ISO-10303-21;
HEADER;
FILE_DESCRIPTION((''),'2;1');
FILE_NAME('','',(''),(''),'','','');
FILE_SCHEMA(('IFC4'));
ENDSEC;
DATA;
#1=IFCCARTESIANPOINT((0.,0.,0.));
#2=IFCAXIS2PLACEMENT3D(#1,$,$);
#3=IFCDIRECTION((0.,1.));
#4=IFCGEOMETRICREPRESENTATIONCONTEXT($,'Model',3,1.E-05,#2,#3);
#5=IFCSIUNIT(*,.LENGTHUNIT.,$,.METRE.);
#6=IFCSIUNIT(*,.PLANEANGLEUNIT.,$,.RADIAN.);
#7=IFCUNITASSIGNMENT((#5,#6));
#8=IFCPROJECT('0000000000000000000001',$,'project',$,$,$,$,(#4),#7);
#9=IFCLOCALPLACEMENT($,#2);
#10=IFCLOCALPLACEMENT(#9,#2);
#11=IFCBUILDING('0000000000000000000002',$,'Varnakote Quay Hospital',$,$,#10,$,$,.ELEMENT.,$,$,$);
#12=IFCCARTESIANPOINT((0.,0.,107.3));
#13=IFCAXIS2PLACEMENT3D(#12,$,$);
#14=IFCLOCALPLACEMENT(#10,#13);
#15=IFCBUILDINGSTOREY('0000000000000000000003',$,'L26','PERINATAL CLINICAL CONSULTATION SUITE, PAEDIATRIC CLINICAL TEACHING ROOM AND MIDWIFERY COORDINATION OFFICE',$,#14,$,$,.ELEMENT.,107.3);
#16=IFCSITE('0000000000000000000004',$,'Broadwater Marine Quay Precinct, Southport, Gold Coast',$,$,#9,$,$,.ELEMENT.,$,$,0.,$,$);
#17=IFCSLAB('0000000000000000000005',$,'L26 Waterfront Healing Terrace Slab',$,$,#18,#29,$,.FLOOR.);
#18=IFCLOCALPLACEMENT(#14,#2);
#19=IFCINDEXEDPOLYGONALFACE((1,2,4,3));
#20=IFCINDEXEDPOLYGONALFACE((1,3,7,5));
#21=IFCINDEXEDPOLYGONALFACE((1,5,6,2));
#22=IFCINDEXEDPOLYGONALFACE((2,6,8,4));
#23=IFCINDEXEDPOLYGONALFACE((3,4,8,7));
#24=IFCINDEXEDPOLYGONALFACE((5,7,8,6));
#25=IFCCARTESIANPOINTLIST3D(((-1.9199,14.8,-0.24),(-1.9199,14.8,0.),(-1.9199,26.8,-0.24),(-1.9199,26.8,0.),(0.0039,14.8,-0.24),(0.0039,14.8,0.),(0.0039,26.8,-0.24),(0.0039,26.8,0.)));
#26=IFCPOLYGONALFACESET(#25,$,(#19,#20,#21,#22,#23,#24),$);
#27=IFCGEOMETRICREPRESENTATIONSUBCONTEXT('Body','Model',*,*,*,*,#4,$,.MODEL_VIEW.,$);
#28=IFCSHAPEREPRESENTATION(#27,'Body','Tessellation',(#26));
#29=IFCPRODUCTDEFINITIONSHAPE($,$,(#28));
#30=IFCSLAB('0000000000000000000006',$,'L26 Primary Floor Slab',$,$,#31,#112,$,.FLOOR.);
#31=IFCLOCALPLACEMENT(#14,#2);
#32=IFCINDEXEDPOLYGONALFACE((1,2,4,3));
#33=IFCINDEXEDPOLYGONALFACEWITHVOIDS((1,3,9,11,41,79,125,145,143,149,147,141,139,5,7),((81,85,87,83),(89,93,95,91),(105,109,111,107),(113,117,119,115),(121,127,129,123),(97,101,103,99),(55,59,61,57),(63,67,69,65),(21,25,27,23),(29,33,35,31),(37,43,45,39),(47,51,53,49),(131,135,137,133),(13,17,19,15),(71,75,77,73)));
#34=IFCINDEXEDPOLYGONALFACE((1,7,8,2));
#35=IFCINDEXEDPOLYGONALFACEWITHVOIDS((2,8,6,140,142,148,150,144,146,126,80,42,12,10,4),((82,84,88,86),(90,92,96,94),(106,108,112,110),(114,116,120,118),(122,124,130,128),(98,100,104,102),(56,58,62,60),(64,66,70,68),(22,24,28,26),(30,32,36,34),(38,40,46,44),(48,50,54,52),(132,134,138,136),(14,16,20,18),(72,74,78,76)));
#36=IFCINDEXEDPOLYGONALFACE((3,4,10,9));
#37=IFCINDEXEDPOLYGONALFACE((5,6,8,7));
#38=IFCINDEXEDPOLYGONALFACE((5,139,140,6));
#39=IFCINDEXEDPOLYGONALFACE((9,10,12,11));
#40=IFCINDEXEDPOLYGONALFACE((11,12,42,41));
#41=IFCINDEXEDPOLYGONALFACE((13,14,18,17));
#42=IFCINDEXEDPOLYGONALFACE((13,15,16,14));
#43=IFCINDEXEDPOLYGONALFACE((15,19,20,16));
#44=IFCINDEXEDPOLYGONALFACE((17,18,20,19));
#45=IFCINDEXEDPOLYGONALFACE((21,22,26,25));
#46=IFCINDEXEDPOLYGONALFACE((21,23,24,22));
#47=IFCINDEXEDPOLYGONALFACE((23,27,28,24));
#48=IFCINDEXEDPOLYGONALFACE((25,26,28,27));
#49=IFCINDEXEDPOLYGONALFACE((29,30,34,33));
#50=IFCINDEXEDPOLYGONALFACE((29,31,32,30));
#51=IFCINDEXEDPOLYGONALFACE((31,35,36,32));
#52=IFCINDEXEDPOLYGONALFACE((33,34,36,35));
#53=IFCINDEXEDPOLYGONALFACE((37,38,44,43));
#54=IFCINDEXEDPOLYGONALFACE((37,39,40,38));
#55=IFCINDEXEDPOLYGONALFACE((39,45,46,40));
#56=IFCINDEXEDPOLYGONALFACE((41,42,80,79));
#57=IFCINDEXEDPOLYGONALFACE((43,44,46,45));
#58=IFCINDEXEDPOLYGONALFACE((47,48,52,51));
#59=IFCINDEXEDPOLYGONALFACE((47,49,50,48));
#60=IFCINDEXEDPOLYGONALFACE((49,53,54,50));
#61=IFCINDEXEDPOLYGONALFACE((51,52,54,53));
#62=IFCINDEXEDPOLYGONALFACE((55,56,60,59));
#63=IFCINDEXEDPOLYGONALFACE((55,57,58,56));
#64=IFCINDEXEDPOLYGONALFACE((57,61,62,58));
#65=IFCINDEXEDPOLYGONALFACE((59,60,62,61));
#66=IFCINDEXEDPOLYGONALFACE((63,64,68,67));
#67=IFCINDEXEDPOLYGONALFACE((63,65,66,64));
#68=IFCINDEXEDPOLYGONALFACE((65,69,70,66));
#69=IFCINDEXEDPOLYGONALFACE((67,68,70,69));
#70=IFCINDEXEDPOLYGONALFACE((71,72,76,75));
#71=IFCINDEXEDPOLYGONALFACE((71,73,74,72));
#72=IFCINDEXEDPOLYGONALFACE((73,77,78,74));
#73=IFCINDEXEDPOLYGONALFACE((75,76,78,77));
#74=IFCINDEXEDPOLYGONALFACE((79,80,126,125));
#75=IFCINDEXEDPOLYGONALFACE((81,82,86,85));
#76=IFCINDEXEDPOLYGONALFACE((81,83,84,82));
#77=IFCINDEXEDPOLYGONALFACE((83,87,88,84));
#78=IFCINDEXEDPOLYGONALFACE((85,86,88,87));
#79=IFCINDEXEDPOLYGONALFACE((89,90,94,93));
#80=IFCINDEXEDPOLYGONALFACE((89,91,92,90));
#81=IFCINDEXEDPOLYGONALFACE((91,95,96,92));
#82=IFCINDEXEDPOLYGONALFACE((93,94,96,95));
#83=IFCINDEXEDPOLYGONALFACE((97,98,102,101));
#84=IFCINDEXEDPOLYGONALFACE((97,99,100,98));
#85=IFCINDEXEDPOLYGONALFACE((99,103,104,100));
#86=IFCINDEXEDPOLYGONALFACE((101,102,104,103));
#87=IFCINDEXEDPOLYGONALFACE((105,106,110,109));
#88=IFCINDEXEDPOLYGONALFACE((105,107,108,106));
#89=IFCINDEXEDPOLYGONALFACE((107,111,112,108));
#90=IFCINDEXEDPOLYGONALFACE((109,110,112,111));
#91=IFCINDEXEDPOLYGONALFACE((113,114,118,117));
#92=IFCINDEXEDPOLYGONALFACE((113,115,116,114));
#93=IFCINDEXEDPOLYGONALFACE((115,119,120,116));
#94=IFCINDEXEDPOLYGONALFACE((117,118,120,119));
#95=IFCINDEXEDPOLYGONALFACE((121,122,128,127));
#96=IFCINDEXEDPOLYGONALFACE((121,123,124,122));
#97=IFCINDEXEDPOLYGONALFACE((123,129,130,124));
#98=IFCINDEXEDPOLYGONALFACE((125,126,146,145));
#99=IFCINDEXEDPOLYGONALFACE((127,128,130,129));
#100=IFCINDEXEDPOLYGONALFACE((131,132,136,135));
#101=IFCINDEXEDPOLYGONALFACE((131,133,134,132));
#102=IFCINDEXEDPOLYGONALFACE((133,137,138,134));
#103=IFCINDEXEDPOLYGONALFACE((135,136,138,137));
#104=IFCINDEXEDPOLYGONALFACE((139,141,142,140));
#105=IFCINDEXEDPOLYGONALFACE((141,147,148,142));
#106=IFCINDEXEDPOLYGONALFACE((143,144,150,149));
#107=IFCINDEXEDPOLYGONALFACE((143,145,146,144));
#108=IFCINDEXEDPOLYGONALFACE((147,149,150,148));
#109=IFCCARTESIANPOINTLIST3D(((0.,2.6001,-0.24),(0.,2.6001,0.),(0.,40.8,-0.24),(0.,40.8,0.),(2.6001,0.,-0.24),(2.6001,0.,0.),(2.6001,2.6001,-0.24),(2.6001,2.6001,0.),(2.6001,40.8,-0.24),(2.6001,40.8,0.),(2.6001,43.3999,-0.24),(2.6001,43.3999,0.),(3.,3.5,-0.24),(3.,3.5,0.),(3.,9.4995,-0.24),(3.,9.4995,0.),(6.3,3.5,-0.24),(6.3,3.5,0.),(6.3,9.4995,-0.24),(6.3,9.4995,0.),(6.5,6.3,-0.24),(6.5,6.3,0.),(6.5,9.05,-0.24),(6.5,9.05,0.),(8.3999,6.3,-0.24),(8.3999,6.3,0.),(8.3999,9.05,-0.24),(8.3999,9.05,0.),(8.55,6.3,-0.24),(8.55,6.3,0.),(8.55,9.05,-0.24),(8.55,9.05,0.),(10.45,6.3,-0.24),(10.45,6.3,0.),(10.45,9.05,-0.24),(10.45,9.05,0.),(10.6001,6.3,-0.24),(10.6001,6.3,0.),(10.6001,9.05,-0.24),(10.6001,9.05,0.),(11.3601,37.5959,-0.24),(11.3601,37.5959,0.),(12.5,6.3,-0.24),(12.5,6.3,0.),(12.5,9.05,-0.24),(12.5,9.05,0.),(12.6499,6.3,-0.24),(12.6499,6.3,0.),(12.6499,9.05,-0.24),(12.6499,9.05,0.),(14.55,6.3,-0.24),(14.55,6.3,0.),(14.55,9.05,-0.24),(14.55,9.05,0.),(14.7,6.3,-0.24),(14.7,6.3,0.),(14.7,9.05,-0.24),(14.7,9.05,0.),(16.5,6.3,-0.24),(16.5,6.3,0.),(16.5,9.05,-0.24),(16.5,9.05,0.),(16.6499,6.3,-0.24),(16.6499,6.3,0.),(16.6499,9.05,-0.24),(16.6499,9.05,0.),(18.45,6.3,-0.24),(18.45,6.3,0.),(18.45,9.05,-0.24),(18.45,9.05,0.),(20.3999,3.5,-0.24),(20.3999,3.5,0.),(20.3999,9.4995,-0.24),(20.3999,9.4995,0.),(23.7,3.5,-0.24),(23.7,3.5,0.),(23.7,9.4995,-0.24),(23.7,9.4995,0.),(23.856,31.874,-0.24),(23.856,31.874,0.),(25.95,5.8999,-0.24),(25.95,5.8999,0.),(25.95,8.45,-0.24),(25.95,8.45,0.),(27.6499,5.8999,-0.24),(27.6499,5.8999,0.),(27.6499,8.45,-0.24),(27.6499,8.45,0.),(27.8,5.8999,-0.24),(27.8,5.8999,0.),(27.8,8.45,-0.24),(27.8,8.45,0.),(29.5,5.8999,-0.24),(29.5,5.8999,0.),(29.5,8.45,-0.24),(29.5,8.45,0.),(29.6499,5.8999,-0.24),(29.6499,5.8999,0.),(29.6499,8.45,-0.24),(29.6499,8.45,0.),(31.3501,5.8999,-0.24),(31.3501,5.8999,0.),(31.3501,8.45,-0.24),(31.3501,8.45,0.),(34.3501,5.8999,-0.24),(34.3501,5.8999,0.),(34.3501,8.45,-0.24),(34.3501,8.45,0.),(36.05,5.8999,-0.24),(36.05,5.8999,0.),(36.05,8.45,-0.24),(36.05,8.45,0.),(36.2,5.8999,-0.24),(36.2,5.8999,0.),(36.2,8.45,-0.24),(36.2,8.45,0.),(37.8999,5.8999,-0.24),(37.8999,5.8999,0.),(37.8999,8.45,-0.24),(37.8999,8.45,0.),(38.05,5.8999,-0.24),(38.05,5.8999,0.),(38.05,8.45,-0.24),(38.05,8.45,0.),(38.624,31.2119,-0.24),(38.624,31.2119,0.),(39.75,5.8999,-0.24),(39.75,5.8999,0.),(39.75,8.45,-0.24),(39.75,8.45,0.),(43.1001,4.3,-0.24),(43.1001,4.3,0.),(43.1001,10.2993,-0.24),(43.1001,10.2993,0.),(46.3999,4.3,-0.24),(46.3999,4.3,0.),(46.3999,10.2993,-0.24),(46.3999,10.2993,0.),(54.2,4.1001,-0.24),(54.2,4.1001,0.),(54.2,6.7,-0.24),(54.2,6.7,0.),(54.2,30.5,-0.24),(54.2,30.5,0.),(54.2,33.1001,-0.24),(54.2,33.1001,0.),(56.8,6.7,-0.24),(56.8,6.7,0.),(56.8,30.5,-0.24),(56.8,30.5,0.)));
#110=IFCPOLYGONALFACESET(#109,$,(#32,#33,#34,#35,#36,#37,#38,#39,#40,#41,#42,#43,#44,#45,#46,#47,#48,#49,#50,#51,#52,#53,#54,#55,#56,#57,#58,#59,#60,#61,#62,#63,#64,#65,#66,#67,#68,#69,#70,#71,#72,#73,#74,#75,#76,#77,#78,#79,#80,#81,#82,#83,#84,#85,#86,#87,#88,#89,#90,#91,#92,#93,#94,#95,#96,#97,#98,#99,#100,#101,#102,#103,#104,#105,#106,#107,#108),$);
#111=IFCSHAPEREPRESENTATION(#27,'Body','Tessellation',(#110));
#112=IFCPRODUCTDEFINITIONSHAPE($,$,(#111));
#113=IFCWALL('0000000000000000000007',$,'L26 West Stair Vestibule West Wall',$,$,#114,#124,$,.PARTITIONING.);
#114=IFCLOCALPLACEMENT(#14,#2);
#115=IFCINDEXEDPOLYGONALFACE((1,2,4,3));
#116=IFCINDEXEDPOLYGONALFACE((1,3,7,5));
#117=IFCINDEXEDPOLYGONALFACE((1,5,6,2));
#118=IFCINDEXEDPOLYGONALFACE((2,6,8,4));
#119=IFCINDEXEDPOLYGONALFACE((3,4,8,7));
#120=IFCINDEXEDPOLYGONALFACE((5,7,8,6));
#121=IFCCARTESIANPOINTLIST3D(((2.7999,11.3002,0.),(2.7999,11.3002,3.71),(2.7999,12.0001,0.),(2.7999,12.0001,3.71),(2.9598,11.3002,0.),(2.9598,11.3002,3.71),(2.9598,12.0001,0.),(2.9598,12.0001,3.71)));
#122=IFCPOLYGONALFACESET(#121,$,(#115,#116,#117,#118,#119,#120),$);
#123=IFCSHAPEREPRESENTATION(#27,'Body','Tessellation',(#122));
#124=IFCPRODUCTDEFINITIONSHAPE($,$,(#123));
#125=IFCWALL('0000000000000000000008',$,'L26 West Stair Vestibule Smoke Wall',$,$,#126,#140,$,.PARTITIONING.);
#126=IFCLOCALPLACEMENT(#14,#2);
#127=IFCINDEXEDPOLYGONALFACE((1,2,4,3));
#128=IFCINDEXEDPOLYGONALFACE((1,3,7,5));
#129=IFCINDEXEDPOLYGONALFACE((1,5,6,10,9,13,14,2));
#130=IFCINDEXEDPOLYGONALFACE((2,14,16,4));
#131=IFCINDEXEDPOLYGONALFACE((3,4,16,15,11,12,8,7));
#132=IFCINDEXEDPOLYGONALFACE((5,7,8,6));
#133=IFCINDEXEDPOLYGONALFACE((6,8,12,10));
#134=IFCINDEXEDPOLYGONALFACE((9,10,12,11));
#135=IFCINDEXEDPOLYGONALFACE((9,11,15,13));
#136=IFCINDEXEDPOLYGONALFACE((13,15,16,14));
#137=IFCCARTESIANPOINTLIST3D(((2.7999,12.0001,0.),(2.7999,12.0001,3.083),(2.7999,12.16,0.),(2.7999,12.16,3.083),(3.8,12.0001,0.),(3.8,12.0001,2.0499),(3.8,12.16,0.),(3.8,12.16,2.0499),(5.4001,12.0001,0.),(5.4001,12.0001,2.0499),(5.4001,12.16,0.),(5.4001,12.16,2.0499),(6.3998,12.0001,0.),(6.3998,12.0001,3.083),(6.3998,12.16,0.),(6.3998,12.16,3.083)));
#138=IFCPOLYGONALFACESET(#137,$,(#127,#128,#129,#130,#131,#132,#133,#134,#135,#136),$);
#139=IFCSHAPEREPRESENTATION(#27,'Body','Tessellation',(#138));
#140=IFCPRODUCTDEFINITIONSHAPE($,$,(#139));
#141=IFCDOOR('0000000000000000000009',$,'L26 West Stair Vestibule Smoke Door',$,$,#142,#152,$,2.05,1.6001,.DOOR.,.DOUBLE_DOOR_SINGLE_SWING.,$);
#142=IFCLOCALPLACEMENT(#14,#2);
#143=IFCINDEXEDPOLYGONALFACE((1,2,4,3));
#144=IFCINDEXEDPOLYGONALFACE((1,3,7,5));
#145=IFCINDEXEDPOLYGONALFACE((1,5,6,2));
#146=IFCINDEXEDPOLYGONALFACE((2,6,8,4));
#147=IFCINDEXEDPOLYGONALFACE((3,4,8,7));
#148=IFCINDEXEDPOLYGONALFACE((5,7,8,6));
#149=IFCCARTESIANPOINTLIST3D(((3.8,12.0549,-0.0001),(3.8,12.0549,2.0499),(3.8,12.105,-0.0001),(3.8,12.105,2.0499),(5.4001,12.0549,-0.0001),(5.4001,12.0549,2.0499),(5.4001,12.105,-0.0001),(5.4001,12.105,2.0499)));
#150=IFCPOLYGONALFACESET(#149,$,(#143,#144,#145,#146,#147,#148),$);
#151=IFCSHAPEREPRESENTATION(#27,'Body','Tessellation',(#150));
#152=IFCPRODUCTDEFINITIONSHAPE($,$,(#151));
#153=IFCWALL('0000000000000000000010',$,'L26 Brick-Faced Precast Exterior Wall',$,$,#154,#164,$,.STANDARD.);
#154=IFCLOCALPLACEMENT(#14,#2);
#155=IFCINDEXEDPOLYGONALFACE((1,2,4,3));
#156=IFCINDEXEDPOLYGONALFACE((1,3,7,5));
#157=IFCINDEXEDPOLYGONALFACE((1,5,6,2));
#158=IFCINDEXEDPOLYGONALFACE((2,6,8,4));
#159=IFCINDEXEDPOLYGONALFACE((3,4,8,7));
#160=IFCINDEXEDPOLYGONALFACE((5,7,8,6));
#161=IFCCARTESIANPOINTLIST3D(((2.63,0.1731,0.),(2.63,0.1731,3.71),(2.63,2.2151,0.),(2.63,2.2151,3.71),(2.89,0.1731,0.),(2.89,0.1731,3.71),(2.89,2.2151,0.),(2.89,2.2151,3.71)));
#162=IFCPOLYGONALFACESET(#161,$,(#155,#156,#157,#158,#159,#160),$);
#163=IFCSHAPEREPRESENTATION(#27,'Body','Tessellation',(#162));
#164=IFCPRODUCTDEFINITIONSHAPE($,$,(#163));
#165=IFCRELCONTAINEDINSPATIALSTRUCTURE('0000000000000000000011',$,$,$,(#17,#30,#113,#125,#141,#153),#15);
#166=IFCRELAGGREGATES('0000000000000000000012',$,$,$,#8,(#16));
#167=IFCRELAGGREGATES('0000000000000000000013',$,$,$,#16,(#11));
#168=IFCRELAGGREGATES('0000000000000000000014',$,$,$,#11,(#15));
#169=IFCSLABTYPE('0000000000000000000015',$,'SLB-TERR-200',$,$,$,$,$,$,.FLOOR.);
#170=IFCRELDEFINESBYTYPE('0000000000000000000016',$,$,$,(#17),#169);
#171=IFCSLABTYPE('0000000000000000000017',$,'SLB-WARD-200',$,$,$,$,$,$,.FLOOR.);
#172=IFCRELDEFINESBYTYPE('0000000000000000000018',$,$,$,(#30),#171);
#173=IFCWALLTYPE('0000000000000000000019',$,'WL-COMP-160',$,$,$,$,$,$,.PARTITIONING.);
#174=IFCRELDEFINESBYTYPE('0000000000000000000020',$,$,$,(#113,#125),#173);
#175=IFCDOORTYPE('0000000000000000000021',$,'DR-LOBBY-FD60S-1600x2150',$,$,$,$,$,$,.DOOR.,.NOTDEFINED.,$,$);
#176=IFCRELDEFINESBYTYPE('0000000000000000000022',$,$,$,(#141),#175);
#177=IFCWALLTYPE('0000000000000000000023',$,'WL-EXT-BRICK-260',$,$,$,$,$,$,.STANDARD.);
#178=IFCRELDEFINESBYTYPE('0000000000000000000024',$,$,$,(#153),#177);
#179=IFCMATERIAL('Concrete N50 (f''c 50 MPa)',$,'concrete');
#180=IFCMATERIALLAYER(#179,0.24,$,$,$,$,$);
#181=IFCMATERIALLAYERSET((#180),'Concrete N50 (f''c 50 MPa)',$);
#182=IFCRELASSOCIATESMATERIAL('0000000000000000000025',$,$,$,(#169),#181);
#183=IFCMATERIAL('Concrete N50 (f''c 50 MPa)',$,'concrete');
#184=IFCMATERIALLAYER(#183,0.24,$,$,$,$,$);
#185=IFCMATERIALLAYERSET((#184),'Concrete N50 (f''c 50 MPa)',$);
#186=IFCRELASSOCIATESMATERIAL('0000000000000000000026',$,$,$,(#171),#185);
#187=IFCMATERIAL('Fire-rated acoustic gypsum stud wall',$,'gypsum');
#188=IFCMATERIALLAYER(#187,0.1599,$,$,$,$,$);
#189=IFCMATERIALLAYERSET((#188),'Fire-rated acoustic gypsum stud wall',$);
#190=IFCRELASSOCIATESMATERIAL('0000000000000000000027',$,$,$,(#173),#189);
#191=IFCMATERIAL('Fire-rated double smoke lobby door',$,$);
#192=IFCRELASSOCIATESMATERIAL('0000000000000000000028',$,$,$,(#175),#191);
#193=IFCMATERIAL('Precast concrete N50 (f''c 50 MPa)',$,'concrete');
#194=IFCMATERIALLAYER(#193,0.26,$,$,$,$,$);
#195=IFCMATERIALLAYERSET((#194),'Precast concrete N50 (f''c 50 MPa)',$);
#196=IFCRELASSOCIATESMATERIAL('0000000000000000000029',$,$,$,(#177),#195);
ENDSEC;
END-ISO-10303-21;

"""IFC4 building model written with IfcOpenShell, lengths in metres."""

from ifc_helpers import new_model, si_unit, direction, frame, frame_2d, origin, place, context, subcontext, project, spatial, polyline, rectangle, outline, extrude, material, layer, layer_set, type_object, element, fill, save


model = new_model("IFC4")

# Units and contexts
model_context = context("Model", 3, precision=1e-05, world=origin(), true_north=direction((0.0, 1.0)))
body_context = subcontext(model_context, "Body", "Model", "MODEL_VIEW")
ifc_project = project(units=[si_unit("LENGTHUNIT", "METRE"), si_unit("PLANEANGLEUNIT", "RADIAN")], contexts=[model_context])

# Site, building, storey
site_placement = place(None, origin())
site = spatial("IfcSite", under=ifc_project, at=site_placement, Name="Broadwater Marine Quay Precinct, Southport, Gold Coast", CompositionType="ELEMENT", RefElevation=0.0)
building_placement = place(site_placement, origin())
building = spatial("IfcBuilding", under=site, at=building_placement, Name="Varnakote Quay Hospital", CompositionType="ELEMENT")
storey_placement = place(building_placement, frame((0.0, 0.0, 107.3)))
storey = spatial("IfcBuildingStorey", under=building, at=storey_placement, Name="L26", Description="PERINATAL CLINICAL CONSULTATION SUITE, PAEDIATRIC CLINICAL TEACHING ROOM AND MIDWIFERY COORDINATION OFFICE", CompositionType="ELEMENT", Elevation=107.3)

# Slabs
ifc_material_1 = material(Name="Concrete N50 (f'c 50 MPa)", Category="concrete")
ifc_layer_1 = layer(ifc_material_1, 0.24)
ifc_layer_set_1 = layer_set([ifc_layer_1], Name="Concrete N50 (f'c 50 MPa)")
slab_type_1 = type_object("IfcSlabType", Name="SLB-TERR-200", PredefinedType="FLOOR", material=ifc_layer_set_1)
slab_1_placement = place(storey_placement, frame((0.0, 0.0, -0.24)))
element("IfcSlab", 1, at=slab_1_placement, inside=storey, type_object=slab_type_1, Name="L26 Waterfront Healing Terrace Slab", PredefinedType="FLOOR", context=body_context, shape_type="SweptSolid", body=[
    extrude(outline(polyline([(0.0039, 14.8), (0.0039, 26.8), (-1.9199, 26.8), (-1.9199, 14.8), (0.0039, 14.8)])), origin(), (0.0, 0.0, 1.0), 0.24),
])
ifc_material_2 = material(Name="Concrete N50 (f'c 50 MPa)", Category="concrete")
ifc_layer_2 = layer(ifc_material_2, 0.24)
ifc_layer_set_2 = layer_set([ifc_layer_2], Name="Concrete N50 (f'c 50 MPa)")
slab_type_2 = type_object("IfcSlabType", Name="SLB-WARD-200", PredefinedType="FLOOR", material=ifc_layer_set_2)
slab_2_placement = place(storey_placement, frame((0.0, 0.0, -0.24)))
element("IfcSlab", 2, at=slab_2_placement, inside=storey, type_object=slab_type_2, Name="L26 Primary Floor Slab", PredefinedType="FLOOR", context=body_context, shape_type="SweptSolid", body=[
    extrude(outline(polyline([(0.0, 2.6001), (2.6001, 2.6001), (2.6001, 0.0), (54.2, 4.1001), (54.2, 6.7), (56.8, 6.7), (56.8, 30.5), (54.2, 30.5), (54.2, 33.1001), (38.624, 31.2119), (23.856, 31.874), (11.3601, 37.5959), (2.6001, 43.3999), (2.6001, 40.8), (0.0, 40.8), (0.0, 2.6001)]), holes=[polyline([(3.0, 3.5), (6.3, 3.5), (6.3, 9.4995), (3.0, 9.4995), (3.0, 3.5)]), polyline([(20.3999, 3.5), (23.7, 3.5), (23.7, 9.4995), (20.3999, 9.4995), (20.3999, 3.5)]), polyline([(43.1001, 4.3), (46.3999, 4.3), (46.3999, 10.2993), (43.1001, 10.2993), (43.1001, 4.3)]), polyline([(6.5, 6.3), (8.3999, 6.3), (8.3999, 9.05), (6.5, 9.05), (6.5, 6.3)]), polyline([(8.55, 6.3), (10.45, 6.3), (10.45, 9.05), (8.55, 9.05), (8.55, 6.3)]), polyline([(10.6001, 6.3), (12.5, 6.3), (12.5, 9.05), (10.6001, 9.05), (10.6001, 6.3)]), polyline([(12.6499, 6.3), (14.55, 6.3), (14.55, 9.05), (12.6499, 9.05), (12.6499, 6.3)]), polyline([(14.7, 6.3), (16.5, 6.3), (16.5, 9.05), (14.7, 9.05), (14.7, 6.3)]), polyline([(16.6499, 6.3), (18.45, 6.3), (18.45, 9.05), (16.6499, 9.05), (16.6499, 6.3)]), polyline([(25.95, 5.8999), (27.6499, 5.8999), (27.6499, 8.45), (25.95, 8.45), (25.95, 5.8999)]), polyline([(27.8, 5.8999), (29.5, 5.8999), (29.5, 8.45), (27.8, 8.45), (27.8, 5.8999)]), polyline([(29.6499, 5.8999), (31.3501, 5.8999), (31.3501, 8.45), (29.6499, 8.45), (29.6499, 5.8999)]), polyline([(34.3501, 5.8999), (36.05, 5.8999), (36.05, 8.45), (34.3501, 8.45), (34.3501, 5.8999)]), polyline([(36.2, 5.8999), (37.8999, 5.8999), (37.8999, 8.45), (36.2, 8.45), (36.2, 5.8999)]), polyline([(38.05, 5.8999), (39.75, 5.8999), (39.75, 8.45), (38.05, 8.45), (38.05, 5.8999)])]), origin(), (0.0, 0.0, 1.0), 0.24),
])

# Wall
ifc_material_3 = material(Name="Fire-rated acoustic gypsum stud wall", Category="gypsum")
ifc_layer_3 = layer(ifc_material_3, 0.1599)
ifc_layer_set_3 = layer_set([ifc_layer_3], Name="Fire-rated acoustic gypsum stud wall")
wall_type_1 = type_object("IfcWallType", Name="WL-COMP-160", PredefinedType="PARTITIONING", material=ifc_layer_set_3)
wall_1_placement = place(storey_placement, frame((2.8799, 11.3, 0.0), z_axis=(0.0, 0.0, 1.0), x_axis=(0.0, 1.0, 0.0)))
element("IfcWall", 3, at=wall_1_placement, inside=storey, type_object=wall_type_1, Name="L26 West Stair Vestibule West Wall", PredefinedType="PARTITIONING", context=body_context, shape_type="SweptSolid", body=[
    extrude(rectangle(XDim=0.7, YDim=0.1599, at=frame_2d((0.3501, 0.0))), origin(), (0.0, 0.0, 1.0), 3.71),
])

# Wall, opening, door
wall_2_placement = place(storey_placement, frame((2.8, 12.0801, 0.0), z_axis=(0.0, 0.0, 1.0), x_axis=(1.0, 0.0, 0.0)))
wall_2 = element("IfcWall", 4, at=wall_2_placement, inside=storey, type_object=wall_type_1, Name="L26 West Stair Vestibule Smoke Wall", PredefinedType="PARTITIONING", context=body_context, shape_type="SweptSolid", body=[
    extrude(rectangle(XDim=3.5999, YDim=0.1599, at=frame_2d((1.7998, 0.0))), origin(), (0.0, 0.0, 1.0), 3.083),
])
opening_1_placement = place(wall_2_placement, frame((1.0, 0.0, 0.0)))
opening_1 = element("IfcOpeningElement", 5, at=opening_1_placement, cuts=wall_2, PredefinedType="OPENING", context=body_context, shape_type="SweptSolid", body=[
    extrude(rectangle(XDim=1.6001, YDim=2.05, at=frame_2d((0.8, 1.0249))), frame((0.0, 0.0898, 0.0), z_axis=(0.0, -1.0, 0.0), x_axis=(1.0, 0.0, 0.0)), (0.0, 0.0, 1.0), 0.1799),
])
ifc_material_4 = material(Name="Fire-rated double smoke lobby door")
door_type_1 = type_object("IfcDoorType", Name="DR-LOBBY-FD60S-1600x2150", OperationType="NOTDEFINED", PredefinedType="DOOR", material=ifc_material_4)
door_1_placement = place(opening_1_placement, origin())
door_1 = element("IfcDoor", 6, at=door_1_placement, inside=storey, type_object=door_type_1, Name="L26 West Stair Vestibule Smoke Door", OperationType="DOUBLE_DOOR_SINGLE_SWING", OverallHeight=2.05, OverallWidth=1.6001, PredefinedType="DOOR", context=body_context, shape_type="SweptSolid", body=[
    extrude(rectangle(XDim=1.6001, YDim=2.05, at=frame_2d((0.8, 1.0249))), frame((0.0, 0.0249, 0.0), z_axis=(0.0, -1.0, 0.0), x_axis=(1.0, 0.0, 0.0)), (0.0, 0.0, 1.0), 0.05),
])
fill(opening_1, door_1)

# Wall
ifc_material_5 = material(Name="Precast concrete N50 (f'c 50 MPa)", Category="concrete")
ifc_layer_4 = layer(ifc_material_5, 0.26)
ifc_layer_set_4 = layer_set([ifc_layer_4], Name="Precast concrete N50 (f'c 50 MPa)")
wall_type_2 = type_object("IfcWallType", Name="WL-EXT-BRICK-260", PredefinedType="STANDARD", material=ifc_layer_set_4)
wall_3_placement = place(storey_placement, frame((2.76, 2.2151, 0.0), z_axis=(0.0, 0.0, 1.0), x_axis=(0.0, -1.0, 0.0)))
element("IfcWall", 7, at=wall_3_placement, inside=storey, type_object=wall_type_2, Name="L26 Brick-Faced Precast Exterior Wall", PredefinedType="STANDARD", context=body_context, shape_type="SweptSolid", body=[
    extrude(rectangle(XDim=2.042, YDim=0.26, at=frame_2d((1.021, 0.0))), origin(), (0.0, 0.0, 1.0), 3.71),
])

save(model, "model.ifc")
